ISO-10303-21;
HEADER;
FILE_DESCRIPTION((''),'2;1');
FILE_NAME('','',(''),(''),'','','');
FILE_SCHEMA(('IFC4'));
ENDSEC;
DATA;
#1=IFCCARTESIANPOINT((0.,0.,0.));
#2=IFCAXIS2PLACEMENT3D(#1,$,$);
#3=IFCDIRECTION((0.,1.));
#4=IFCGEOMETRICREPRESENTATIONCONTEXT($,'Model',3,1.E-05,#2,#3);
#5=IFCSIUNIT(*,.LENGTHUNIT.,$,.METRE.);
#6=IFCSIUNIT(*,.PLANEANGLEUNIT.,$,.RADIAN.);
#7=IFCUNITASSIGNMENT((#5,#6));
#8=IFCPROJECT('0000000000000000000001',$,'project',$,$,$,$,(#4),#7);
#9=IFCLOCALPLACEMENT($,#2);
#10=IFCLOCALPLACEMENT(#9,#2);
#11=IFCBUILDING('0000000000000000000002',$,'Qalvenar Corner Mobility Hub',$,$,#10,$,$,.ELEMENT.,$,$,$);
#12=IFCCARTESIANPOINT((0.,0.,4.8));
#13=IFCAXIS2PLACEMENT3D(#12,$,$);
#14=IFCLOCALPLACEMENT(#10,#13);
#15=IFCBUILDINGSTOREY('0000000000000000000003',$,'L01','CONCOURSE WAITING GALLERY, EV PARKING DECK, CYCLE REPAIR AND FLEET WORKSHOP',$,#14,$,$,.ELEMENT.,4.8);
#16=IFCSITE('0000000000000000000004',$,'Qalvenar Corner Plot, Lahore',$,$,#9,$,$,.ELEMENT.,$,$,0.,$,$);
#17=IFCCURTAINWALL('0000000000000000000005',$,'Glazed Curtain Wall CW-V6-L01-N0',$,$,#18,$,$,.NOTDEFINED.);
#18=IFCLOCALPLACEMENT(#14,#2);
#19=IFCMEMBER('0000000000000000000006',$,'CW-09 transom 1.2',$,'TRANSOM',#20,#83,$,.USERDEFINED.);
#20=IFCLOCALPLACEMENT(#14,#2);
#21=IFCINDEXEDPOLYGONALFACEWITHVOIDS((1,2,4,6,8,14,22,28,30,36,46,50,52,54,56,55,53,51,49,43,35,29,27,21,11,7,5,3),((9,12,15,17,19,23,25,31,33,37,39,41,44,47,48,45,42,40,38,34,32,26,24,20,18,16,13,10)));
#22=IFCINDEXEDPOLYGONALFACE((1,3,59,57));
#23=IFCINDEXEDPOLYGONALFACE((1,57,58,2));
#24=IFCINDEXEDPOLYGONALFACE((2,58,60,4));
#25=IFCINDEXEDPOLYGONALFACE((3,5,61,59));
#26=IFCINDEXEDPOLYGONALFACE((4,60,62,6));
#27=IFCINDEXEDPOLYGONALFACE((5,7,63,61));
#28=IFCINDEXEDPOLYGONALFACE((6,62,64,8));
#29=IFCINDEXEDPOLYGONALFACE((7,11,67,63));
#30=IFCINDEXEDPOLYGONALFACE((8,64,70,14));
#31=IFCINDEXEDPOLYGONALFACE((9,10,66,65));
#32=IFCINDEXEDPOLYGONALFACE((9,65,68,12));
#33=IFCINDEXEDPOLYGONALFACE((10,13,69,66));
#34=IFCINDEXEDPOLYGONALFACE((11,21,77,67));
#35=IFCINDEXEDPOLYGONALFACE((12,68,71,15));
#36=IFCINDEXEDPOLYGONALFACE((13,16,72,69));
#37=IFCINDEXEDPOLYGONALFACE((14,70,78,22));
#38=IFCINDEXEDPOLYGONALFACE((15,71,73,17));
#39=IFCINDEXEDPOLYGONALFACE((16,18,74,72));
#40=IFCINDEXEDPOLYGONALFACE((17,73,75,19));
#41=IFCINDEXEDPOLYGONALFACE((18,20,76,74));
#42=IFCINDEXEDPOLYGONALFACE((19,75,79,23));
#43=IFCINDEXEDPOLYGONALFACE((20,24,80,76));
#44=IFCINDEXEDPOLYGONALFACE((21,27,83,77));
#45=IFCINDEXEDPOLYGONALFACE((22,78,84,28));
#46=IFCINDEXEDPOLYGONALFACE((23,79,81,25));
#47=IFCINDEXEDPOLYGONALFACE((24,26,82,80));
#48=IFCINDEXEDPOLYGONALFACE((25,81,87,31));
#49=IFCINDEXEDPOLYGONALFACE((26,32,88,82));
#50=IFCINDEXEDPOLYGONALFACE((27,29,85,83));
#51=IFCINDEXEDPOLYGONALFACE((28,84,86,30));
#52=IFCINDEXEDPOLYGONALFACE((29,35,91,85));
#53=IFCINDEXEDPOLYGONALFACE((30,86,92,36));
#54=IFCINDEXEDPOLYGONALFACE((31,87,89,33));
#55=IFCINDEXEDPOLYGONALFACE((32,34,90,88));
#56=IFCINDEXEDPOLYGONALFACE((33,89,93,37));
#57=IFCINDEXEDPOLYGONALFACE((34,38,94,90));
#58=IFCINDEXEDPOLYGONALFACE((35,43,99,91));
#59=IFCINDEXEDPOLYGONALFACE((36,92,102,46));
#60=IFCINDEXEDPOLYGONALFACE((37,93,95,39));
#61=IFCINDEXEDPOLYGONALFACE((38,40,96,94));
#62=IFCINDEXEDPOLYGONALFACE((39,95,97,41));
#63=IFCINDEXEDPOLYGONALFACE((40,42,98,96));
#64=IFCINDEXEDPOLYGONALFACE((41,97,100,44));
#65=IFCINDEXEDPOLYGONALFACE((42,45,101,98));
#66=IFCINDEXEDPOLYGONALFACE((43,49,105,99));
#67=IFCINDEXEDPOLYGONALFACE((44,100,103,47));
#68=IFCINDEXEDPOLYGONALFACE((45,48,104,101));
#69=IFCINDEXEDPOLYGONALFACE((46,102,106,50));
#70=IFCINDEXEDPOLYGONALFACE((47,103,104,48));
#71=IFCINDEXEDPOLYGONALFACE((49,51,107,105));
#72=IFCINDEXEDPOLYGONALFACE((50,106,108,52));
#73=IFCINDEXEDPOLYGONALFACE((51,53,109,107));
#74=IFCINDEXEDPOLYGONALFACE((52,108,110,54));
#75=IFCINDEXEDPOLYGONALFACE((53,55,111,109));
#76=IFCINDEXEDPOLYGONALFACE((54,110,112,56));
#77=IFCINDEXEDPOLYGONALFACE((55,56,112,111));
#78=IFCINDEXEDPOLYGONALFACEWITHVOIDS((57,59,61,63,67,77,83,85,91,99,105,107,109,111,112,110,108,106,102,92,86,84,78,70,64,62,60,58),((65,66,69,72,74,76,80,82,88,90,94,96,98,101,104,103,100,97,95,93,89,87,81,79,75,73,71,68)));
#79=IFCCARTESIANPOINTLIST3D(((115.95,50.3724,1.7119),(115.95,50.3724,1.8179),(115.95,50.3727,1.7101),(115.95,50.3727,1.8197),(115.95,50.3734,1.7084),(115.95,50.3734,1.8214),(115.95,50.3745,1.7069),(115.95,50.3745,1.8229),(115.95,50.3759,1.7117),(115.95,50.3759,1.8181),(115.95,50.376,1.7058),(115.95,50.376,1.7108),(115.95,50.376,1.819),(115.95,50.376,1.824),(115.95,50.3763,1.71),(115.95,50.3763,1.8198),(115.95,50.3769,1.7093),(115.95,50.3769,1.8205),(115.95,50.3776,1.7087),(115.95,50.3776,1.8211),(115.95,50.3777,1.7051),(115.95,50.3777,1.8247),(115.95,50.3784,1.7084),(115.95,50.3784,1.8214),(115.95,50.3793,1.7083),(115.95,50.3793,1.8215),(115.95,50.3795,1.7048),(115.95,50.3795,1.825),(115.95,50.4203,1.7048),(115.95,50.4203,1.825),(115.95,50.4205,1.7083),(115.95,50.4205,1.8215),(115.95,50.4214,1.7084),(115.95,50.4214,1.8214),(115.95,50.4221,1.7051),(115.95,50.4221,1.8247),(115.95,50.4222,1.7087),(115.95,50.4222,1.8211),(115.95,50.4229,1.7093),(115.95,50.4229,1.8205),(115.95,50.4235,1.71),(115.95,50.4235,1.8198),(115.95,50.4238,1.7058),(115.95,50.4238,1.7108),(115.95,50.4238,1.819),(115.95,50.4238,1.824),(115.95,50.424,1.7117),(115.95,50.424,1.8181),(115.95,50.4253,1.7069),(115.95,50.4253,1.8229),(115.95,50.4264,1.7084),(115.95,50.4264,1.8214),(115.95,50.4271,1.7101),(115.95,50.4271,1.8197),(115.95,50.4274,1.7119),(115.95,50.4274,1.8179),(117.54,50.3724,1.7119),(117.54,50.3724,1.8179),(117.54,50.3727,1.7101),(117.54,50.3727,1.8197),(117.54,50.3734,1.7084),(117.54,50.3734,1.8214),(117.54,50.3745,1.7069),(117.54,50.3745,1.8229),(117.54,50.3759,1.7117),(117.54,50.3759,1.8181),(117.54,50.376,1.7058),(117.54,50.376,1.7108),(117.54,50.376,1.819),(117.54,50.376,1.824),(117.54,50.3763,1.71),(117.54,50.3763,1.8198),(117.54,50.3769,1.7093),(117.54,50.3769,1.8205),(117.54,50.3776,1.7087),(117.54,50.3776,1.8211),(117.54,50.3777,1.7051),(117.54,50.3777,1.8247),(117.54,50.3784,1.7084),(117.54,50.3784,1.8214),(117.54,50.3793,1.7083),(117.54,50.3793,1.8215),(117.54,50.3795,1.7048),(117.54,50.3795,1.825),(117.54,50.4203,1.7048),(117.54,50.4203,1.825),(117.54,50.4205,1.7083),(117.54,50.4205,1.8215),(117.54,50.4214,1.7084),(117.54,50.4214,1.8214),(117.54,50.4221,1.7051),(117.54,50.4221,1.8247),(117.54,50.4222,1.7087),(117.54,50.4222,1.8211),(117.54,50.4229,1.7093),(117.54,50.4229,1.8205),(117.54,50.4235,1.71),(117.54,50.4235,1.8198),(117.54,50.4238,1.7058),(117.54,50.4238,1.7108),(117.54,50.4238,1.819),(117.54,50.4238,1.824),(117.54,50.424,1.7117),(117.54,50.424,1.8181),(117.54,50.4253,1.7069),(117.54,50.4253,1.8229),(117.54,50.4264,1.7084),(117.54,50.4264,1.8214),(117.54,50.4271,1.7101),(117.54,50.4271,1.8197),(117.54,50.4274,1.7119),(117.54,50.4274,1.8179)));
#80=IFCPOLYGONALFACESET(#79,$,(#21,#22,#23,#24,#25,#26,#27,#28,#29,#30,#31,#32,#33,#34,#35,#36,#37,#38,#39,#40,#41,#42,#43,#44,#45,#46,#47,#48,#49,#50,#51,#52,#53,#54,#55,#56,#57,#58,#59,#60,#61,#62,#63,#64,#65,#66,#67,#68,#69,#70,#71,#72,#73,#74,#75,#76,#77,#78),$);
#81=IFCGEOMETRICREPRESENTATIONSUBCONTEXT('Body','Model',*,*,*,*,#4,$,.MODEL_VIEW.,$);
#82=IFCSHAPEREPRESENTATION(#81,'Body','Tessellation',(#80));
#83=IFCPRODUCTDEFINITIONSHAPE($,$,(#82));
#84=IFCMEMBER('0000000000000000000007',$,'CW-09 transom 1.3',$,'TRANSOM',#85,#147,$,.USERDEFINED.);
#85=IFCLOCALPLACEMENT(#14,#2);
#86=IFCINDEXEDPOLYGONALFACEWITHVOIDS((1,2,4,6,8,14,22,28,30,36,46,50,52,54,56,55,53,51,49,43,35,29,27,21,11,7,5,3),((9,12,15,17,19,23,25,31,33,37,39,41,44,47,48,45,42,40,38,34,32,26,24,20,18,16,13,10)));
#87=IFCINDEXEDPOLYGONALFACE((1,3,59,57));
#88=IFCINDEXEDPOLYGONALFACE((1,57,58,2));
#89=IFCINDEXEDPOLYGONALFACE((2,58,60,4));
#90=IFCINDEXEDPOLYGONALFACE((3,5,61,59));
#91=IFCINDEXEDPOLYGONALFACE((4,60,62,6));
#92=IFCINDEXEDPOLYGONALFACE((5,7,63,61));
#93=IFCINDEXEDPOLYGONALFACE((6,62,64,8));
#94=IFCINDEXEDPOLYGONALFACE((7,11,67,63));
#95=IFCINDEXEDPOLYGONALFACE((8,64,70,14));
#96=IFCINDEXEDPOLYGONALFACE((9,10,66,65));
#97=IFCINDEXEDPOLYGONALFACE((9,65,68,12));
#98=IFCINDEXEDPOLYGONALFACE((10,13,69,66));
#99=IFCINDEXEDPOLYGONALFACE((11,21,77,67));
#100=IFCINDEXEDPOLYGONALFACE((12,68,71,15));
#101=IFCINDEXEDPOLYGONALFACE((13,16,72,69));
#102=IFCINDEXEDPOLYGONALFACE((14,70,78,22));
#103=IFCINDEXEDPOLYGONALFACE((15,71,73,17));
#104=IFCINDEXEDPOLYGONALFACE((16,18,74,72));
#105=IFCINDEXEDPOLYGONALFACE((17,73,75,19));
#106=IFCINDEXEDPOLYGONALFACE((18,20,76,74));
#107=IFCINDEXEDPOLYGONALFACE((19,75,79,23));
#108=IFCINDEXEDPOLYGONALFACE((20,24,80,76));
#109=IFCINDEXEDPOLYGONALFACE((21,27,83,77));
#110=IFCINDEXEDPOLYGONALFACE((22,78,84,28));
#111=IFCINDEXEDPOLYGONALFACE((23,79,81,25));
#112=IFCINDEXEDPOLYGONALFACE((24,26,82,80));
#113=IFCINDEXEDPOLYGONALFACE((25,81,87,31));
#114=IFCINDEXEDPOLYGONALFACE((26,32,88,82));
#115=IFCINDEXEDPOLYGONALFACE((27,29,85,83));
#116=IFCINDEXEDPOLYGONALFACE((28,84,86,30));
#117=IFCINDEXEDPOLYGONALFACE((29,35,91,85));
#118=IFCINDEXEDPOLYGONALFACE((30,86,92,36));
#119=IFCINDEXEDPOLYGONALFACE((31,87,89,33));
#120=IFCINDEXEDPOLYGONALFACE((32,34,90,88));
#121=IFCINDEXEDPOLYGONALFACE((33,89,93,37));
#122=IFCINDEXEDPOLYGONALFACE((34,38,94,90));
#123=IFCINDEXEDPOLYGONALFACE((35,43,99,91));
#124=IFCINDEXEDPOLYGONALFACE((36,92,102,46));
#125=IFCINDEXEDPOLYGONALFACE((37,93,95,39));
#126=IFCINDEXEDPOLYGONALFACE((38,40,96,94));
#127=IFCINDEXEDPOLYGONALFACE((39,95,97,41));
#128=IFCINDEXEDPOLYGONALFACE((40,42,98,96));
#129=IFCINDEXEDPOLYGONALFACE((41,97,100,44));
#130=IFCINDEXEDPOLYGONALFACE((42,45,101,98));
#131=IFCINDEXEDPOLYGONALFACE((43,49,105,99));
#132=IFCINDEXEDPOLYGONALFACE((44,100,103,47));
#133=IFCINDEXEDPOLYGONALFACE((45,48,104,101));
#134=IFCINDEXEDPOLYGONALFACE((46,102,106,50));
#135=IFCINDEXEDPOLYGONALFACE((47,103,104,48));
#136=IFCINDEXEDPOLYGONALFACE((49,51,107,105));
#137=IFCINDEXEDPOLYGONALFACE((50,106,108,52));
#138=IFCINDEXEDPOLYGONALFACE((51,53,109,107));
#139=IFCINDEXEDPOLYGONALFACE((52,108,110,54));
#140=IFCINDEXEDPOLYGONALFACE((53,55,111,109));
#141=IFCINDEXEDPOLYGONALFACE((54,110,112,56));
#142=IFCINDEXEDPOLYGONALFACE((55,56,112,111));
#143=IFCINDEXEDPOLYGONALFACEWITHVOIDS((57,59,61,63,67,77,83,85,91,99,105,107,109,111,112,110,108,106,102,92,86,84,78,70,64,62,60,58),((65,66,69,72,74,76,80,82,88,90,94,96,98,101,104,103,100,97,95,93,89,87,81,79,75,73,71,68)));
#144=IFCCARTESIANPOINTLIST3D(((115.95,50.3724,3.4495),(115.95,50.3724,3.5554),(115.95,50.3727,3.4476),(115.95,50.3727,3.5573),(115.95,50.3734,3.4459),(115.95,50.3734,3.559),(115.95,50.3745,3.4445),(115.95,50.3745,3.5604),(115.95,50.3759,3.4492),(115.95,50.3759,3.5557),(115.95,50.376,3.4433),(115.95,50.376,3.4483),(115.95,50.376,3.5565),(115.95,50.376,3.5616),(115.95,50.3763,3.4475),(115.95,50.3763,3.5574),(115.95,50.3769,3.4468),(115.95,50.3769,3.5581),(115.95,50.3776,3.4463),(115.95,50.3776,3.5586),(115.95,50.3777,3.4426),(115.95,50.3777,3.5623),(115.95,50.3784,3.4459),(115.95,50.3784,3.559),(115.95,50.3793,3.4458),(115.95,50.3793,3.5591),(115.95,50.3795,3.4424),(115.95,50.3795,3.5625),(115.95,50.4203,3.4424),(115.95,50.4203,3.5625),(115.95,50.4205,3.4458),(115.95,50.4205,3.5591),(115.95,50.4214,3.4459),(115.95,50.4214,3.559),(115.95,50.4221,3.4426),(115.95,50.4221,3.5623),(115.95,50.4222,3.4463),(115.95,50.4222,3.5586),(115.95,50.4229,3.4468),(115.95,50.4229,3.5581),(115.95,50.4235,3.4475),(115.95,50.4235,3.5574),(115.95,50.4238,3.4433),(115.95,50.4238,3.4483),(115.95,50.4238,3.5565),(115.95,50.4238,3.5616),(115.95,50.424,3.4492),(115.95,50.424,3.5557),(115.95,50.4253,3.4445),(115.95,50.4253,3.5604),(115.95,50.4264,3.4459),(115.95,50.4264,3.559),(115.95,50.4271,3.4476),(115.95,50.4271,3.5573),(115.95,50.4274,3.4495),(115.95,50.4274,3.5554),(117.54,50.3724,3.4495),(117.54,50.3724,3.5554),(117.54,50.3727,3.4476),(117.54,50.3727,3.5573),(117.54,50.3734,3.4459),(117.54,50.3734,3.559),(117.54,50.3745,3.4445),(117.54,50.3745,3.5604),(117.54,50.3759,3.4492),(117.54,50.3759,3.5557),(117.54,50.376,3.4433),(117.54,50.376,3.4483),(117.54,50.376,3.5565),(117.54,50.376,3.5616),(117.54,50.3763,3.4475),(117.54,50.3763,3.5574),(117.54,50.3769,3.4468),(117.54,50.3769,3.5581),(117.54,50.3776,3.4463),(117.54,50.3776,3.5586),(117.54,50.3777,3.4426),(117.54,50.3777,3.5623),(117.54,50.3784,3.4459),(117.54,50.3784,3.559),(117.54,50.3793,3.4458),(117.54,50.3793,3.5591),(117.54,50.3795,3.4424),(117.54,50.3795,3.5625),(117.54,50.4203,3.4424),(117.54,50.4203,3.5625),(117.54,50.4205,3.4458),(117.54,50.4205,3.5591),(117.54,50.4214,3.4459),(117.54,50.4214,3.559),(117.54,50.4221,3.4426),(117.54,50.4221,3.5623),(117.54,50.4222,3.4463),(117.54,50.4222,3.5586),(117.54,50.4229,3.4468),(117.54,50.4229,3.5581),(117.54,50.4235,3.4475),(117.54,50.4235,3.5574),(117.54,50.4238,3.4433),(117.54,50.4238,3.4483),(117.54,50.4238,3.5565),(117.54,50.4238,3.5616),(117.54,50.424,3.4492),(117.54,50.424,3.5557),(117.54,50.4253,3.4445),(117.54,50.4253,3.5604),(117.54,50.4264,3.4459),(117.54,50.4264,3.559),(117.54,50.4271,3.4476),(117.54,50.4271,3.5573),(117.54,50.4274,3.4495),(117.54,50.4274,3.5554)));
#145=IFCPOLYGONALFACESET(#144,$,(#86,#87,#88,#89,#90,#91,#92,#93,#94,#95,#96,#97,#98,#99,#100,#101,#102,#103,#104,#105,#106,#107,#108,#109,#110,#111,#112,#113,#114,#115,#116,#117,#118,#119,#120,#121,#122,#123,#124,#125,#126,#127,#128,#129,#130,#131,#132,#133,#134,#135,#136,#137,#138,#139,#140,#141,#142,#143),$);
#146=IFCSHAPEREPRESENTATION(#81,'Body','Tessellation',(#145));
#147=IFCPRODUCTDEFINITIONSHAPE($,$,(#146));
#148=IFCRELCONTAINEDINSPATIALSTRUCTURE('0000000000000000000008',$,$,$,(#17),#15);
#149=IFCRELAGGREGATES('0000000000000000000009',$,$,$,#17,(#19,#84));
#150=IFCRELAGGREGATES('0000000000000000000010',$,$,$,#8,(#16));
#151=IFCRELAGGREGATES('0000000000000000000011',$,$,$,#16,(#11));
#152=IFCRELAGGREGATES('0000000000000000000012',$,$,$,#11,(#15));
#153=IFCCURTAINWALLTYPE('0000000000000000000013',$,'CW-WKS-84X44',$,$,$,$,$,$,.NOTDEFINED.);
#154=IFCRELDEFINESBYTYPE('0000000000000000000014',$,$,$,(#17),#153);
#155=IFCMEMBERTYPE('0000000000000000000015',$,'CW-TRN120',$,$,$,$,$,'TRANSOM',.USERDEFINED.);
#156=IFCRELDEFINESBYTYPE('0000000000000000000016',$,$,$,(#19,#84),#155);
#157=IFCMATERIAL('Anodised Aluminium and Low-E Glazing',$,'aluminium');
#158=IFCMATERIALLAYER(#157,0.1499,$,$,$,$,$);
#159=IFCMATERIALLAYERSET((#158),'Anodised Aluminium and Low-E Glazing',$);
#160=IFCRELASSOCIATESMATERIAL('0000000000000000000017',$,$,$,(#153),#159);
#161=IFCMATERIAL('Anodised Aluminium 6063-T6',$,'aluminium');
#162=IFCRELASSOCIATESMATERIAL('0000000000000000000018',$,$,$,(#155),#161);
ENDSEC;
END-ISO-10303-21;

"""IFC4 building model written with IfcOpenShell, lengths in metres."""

from ifc_helpers import new_model, si_unit, direction, frame, origin, origin_2d, place, context, subcontext, project, spatial, hollow_rectangle, extrude, material, layer, layer_set, material_profile, profile_set, type_object, element, aggregate, save


model = new_model("IFC4")

# Units and contexts
model_context = context("Model", 3, precision=1e-05, world=origin(), true_north=direction((0.0, 1.0)))
body_context = subcontext(model_context, "Body", "Model", "MODEL_VIEW")
ifc_project = project(units=[si_unit("LENGTHUNIT", "METRE"), si_unit("PLANEANGLEUNIT", "RADIAN")], contexts=[model_context])

# Site, building, storey
site_placement = place(None, origin())
site = spatial("IfcSite", under=ifc_project, at=site_placement, Name="Qalvenar Corner Plot, Lahore", CompositionType="ELEMENT", RefElevation=0.0)
building_placement = place(site_placement, origin())
building = spatial("IfcBuilding", under=site, at=building_placement, Name="Qalvenar Corner Mobility Hub", CompositionType="ELEMENT")
storey_placement = place(building_placement, frame((0.0, 0.0, 4.8)))
storey = spatial("IfcBuildingStorey", under=building, at=storey_placement, Name="L01", Description="CONCOURSE WAITING GALLERY, EV PARKING DECK, CYCLE REPAIR AND FLEET WORKSHOP", CompositionType="ELEMENT", Elevation=4.8)

# Curtain wall, members
ifc_material_1 = material(Name="Anodised Aluminium and Low-E Glazing", Category="aluminium")
ifc_layer_1 = layer(ifc_material_1, 0.1499)
ifc_layer_set_1 = layer_set([ifc_layer_1], Name="Anodised Aluminium and Low-E Glazing")
curtain_wall_type = type_object("IfcCurtainWallType", Name="CW-WKS-84X44", PredefinedType="NOTDEFINED", material=ifc_layer_set_1)
curtain_wall_placement = place(storey_placement, origin())
curtain_wall = element("IfcCurtainWall", 1, at=curtain_wall_placement, inside=storey, type_object=curtain_wall_type, Name="Glazed Curtain Wall CW-V6-L01-N0", PredefinedType="NOTDEFINED")
ifc_material_2 = material(Name="Anodised Aluminium 6063-T6", Category="aluminium")
ifc_material_profile_1 = material_profile(ifc_material_2, hollow_rectangle(XDim=0.0549, YDim=0.1201, WallThickness=0.0034, InnerFilletRadius=0.0034, OuterFilletRadius=0.0071, at=origin_2d()), Name="RHS120x55x3.5")
ifc_profile_set_1 = profile_set([ifc_material_profile_1], Name="Anodised Aluminium 6063-T6")
member_type_1 = type_object("IfcMemberType", Name="CW-TRN120", ElementType="TRANSOM", PredefinedType="USERDEFINED", material=ifc_profile_set_1)
member_1_placement = place(storey_placement, frame((117.54, 50.3999, 1.7649), z_axis=(-1.0, 0.0, 0.0), x_axis=(0.0, -1.0, 0.0)))
member_1 = element("IfcMember", 2, at=member_1_placement, type_object=member_type_1, Name="CW-09 transom 1.2", ObjectType="TRANSOM", PredefinedType="USERDEFINED", context=body_context, shape_type="SweptSolid", body=[
    extrude(hollow_rectangle(XDim=0.0549, YDim=0.1201, WallThickness=0.0034, InnerFilletRadius=0.0034, OuterFilletRadius=0.0071, at=origin_2d()), origin(), (0.0, 0.0, 1.0), 1.5901),
])
member_2_placement = place(storey_placement, frame((117.54, 50.3999, 3.5024), z_axis=(-1.0, 0.0, 0.0), x_axis=(0.0, -1.0, 0.0)))
member_2 = element("IfcMember", 3, at=member_2_placement, type_object=member_type_1, Name="CW-09 transom 1.3", ObjectType="TRANSOM", PredefinedType="USERDEFINED", context=body_context, shape_type="SweptSolid", body=[
    extrude(hollow_rectangle(XDim=0.0549, YDim=0.1201, WallThickness=0.0034, InnerFilletRadius=0.0034, OuterFilletRadius=0.0071, at=origin_2d()), origin(), (0.0, 0.0, 1.0), 1.5901),
])

aggregate(curtain_wall, [member_1, member_2])

save(model, "model.ifc")
